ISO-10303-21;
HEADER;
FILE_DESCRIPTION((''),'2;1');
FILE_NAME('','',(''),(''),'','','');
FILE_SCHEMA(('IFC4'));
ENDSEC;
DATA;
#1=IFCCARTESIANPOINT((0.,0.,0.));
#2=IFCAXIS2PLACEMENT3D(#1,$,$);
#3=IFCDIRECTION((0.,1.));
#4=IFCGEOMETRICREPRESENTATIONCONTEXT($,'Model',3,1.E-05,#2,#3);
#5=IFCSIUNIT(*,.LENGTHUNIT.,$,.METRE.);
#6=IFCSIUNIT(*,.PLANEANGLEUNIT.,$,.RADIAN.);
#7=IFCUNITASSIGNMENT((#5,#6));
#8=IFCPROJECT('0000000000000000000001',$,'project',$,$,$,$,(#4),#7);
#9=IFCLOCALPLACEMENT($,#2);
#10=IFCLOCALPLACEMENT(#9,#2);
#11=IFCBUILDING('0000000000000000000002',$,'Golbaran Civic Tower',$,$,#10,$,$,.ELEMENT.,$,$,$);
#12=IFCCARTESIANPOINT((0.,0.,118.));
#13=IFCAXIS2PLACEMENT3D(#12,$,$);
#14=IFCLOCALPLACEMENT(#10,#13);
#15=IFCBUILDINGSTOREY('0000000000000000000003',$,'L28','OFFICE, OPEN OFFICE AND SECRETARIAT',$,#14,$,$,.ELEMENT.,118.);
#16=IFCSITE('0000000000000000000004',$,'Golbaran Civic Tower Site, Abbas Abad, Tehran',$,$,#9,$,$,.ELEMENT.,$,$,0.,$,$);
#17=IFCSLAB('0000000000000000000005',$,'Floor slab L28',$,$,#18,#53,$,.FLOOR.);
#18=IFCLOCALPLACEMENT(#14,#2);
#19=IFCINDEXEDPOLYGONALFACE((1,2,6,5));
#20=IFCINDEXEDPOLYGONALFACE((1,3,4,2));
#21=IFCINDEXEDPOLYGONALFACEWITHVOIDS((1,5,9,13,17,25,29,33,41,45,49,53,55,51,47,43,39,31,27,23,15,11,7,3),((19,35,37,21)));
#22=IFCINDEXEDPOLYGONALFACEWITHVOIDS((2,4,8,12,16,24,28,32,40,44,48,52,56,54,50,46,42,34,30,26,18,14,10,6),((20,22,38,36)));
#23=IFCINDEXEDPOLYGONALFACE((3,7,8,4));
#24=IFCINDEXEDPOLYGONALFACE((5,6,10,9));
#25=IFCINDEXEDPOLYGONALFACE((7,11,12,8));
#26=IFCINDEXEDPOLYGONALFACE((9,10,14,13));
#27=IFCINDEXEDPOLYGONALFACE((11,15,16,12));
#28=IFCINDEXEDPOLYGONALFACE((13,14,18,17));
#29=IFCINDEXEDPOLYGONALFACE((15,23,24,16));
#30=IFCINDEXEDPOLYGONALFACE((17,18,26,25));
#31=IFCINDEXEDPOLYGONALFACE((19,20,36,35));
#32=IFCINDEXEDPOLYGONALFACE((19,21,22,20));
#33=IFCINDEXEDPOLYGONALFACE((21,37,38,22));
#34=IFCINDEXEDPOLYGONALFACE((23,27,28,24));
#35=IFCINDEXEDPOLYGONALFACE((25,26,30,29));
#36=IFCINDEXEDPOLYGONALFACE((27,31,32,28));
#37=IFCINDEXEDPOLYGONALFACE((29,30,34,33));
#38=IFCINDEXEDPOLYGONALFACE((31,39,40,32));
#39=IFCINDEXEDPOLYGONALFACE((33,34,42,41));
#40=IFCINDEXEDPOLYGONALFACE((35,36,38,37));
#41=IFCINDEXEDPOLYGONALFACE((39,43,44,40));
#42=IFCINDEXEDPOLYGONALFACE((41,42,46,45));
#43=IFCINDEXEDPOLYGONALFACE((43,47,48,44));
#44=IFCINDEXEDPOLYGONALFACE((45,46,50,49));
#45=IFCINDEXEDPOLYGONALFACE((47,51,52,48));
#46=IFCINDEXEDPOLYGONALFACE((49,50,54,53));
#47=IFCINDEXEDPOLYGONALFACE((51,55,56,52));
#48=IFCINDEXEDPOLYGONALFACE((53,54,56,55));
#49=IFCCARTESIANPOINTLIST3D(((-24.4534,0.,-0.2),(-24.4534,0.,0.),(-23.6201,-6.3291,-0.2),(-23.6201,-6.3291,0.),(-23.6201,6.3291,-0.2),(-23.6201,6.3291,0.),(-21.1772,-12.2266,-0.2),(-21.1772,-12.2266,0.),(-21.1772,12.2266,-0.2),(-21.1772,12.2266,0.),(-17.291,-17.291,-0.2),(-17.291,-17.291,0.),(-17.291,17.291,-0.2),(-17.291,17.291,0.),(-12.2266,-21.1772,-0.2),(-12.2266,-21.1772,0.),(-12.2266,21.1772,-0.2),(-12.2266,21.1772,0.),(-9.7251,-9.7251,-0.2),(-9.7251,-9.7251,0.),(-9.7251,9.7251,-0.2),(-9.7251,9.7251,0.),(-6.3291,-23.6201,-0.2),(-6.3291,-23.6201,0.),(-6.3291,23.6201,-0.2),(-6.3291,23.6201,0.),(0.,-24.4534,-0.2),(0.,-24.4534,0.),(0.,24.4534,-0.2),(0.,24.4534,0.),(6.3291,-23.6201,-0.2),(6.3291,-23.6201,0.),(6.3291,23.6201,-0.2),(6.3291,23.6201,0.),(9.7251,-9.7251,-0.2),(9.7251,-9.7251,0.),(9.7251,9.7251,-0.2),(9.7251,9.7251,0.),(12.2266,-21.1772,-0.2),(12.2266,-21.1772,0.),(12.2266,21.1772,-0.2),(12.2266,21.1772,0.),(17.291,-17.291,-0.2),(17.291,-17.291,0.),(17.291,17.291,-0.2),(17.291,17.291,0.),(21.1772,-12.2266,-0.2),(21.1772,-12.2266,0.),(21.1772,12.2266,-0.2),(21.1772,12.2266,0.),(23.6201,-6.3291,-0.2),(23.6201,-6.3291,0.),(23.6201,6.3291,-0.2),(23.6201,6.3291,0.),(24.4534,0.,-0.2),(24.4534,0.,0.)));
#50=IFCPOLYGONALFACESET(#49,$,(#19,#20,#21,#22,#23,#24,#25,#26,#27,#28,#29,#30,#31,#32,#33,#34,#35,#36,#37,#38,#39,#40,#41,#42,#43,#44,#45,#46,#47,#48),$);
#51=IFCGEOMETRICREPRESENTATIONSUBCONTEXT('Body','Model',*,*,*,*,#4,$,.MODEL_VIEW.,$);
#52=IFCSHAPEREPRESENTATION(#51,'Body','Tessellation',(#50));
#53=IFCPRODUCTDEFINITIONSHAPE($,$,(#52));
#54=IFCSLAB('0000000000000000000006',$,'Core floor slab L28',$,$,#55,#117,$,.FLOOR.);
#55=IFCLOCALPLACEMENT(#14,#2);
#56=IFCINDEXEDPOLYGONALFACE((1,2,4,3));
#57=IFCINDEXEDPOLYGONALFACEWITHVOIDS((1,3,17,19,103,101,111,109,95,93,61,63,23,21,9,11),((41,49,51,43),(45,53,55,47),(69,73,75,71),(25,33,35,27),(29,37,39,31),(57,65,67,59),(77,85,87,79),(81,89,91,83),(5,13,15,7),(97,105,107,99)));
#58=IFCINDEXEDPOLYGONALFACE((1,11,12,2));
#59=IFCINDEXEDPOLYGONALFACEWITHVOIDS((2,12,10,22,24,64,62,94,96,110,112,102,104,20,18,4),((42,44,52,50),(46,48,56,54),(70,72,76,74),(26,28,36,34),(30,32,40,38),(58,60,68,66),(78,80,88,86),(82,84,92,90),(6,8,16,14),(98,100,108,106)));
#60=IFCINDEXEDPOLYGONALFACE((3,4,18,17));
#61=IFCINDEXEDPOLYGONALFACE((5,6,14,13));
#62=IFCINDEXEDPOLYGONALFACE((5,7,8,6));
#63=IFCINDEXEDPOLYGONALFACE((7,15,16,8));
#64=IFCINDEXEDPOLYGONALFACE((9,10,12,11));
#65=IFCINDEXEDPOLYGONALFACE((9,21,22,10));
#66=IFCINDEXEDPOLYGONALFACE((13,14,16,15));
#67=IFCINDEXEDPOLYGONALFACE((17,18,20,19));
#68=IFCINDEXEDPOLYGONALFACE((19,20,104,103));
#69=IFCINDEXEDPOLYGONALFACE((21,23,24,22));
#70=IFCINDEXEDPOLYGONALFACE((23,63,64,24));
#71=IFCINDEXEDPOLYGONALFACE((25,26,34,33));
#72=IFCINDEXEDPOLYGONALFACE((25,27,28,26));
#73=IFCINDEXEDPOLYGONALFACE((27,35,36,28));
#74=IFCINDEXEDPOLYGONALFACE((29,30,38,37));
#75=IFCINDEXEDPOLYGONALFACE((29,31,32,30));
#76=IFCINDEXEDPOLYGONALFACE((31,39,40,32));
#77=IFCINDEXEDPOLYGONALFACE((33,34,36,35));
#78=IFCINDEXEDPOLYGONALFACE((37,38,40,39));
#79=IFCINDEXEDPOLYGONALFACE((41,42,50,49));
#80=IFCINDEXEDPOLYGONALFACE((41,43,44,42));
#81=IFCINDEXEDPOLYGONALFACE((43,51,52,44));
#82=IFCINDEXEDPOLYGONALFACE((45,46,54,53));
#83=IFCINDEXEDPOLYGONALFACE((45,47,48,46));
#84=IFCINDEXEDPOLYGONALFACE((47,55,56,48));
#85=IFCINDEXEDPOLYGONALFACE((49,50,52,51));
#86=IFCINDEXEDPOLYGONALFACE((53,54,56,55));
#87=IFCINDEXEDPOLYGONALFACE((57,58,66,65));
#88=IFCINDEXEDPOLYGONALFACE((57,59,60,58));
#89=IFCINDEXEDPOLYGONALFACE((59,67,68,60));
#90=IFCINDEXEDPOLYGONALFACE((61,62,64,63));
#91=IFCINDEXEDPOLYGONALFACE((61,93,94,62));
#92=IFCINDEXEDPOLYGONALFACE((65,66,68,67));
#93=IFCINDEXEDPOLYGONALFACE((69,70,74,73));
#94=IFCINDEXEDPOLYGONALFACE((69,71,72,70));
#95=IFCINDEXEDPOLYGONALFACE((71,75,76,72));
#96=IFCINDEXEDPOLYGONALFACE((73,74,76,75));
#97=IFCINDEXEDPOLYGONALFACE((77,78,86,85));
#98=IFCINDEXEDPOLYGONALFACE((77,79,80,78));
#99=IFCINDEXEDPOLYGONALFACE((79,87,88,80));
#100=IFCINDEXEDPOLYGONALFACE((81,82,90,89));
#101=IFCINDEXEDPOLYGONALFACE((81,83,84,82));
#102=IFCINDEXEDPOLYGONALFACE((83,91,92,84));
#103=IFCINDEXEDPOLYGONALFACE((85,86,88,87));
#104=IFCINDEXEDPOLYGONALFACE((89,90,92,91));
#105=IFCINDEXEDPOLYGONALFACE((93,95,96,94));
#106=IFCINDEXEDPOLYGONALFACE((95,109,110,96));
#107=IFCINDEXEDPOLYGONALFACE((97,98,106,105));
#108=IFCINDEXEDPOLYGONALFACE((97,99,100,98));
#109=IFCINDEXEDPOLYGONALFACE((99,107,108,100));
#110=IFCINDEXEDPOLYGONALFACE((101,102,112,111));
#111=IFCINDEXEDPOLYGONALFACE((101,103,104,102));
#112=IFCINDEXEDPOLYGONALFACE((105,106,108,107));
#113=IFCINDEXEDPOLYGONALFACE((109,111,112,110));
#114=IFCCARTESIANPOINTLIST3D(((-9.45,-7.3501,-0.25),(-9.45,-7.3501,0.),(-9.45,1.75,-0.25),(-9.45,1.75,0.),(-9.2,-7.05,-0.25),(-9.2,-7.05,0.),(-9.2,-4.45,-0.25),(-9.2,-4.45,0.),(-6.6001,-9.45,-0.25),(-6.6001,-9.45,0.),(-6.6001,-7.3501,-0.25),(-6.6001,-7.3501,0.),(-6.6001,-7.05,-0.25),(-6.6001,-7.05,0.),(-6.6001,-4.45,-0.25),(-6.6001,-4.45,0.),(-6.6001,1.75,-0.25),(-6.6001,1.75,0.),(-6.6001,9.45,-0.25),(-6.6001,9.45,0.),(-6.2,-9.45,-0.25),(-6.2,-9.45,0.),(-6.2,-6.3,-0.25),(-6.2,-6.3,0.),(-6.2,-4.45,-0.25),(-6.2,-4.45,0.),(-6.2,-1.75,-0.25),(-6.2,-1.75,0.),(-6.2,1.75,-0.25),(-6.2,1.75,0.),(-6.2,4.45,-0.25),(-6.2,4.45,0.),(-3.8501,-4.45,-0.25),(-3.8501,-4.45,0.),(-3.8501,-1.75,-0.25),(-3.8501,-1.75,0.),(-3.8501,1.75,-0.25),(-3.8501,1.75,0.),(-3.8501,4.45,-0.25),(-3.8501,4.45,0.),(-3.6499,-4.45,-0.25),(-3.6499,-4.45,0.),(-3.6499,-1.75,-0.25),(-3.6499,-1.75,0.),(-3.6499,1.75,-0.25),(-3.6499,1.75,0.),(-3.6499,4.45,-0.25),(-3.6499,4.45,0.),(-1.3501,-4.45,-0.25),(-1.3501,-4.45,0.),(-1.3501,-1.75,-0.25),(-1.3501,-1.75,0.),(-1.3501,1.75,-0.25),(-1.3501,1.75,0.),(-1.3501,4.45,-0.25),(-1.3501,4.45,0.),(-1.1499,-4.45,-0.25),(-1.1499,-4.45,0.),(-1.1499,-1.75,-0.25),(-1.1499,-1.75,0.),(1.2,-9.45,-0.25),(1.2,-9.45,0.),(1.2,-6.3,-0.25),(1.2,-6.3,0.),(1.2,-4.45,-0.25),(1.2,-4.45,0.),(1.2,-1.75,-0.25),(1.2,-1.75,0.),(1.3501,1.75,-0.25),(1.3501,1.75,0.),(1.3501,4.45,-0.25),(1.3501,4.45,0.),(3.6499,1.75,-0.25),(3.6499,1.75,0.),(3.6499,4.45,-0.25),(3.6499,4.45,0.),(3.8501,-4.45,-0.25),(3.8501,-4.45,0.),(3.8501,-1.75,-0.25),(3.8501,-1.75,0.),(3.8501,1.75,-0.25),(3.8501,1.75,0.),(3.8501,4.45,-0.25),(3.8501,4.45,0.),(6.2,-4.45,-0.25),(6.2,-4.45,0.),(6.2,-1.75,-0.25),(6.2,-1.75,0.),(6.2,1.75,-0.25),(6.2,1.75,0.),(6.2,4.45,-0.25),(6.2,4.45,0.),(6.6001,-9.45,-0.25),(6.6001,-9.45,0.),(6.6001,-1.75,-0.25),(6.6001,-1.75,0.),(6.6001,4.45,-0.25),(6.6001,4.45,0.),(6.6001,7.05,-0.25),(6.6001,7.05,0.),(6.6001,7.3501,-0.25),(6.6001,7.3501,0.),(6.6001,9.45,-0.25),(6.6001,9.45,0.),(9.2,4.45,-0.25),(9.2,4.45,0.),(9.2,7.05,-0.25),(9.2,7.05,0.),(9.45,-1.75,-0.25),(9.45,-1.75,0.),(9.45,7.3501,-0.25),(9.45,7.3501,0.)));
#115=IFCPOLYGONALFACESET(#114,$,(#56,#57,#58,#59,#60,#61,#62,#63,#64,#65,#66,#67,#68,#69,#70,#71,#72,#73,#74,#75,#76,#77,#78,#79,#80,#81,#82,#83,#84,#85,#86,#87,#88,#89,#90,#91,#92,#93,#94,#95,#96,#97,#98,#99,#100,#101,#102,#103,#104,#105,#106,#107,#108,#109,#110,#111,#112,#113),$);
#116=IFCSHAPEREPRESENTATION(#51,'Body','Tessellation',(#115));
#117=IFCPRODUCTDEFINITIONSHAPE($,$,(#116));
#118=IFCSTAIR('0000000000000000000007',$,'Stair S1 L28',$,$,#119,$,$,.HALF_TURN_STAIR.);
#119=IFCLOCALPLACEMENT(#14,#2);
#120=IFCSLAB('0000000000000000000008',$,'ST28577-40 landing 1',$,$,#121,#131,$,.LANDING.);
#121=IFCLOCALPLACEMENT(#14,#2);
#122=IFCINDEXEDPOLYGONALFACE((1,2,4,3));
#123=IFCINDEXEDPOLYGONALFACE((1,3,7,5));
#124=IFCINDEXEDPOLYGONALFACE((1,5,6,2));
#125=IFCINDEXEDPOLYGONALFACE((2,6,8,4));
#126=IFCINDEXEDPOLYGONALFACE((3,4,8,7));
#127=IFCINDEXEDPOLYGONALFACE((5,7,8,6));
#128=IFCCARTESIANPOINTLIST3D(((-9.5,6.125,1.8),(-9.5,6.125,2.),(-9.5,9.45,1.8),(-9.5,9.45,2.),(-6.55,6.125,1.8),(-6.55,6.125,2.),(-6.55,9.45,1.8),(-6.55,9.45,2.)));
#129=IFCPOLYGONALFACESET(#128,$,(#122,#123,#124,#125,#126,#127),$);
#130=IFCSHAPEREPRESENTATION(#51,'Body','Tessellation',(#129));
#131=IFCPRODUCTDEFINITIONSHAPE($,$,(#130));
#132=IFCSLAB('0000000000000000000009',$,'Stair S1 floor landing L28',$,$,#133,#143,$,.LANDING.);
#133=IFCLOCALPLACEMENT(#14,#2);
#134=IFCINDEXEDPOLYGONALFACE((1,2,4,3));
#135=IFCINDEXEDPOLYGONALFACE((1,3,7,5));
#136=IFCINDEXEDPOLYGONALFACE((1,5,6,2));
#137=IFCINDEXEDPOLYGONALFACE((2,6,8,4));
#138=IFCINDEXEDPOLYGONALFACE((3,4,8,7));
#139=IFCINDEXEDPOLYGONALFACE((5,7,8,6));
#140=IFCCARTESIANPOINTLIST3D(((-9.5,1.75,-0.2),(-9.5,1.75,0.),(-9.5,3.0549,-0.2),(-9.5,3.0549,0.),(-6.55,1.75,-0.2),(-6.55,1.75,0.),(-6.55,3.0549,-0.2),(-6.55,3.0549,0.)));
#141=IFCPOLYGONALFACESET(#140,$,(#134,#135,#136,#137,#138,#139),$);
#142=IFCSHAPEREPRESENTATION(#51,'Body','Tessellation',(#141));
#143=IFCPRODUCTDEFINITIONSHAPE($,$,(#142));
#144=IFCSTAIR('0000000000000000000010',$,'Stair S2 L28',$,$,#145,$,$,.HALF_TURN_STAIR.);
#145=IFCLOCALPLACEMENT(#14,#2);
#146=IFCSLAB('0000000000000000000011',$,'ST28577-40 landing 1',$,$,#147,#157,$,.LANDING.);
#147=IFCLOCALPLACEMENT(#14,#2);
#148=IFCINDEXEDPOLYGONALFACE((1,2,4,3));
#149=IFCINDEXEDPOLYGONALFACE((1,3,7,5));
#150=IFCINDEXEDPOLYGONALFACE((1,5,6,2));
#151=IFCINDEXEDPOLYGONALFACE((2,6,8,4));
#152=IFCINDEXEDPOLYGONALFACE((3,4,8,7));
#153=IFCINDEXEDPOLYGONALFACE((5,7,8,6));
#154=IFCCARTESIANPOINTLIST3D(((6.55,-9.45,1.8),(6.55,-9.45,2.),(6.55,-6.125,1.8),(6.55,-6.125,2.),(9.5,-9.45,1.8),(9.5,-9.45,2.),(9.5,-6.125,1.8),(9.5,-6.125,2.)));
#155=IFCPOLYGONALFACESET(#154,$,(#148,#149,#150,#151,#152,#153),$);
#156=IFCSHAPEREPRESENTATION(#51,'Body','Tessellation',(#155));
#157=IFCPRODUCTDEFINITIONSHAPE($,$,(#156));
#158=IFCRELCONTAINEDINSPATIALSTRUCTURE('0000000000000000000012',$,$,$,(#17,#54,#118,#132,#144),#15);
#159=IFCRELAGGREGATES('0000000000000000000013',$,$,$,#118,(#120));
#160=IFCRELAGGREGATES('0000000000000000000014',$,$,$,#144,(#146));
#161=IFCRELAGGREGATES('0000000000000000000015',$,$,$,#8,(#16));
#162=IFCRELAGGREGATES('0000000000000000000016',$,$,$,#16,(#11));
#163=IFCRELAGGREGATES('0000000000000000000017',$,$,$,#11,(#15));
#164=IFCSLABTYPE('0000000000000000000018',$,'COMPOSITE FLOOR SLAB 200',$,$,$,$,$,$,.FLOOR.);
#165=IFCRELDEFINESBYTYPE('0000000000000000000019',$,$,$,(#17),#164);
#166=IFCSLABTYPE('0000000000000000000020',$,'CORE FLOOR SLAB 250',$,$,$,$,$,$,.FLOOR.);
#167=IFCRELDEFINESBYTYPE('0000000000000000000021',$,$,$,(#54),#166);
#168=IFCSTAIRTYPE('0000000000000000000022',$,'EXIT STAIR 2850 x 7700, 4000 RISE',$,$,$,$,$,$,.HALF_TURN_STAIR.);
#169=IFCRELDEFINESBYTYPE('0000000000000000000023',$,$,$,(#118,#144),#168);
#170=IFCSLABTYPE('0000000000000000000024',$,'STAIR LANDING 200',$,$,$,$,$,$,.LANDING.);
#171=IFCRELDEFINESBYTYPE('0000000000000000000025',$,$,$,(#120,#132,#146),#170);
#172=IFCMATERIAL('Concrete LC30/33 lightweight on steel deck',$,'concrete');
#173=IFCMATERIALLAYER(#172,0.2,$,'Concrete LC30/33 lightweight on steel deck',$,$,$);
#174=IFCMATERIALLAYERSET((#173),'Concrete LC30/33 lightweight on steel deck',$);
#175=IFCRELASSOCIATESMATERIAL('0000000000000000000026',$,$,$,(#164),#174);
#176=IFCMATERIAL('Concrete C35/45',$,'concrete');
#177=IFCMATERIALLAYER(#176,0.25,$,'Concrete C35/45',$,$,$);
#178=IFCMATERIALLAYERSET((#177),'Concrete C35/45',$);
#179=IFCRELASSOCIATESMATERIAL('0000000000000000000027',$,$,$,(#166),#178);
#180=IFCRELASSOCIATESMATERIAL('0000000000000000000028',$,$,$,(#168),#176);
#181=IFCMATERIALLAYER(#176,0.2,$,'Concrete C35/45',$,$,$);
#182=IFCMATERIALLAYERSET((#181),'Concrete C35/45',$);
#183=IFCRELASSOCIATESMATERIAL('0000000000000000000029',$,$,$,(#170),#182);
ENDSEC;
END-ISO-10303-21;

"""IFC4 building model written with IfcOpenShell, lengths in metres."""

from ifc_helpers import new_model, si_unit, direction, frame, origin, place, context, subcontext, project, spatial, polyline, outline, extrude, material, layer, layer_set, type_object, element, aggregate, save


model = new_model("IFC4")

# Units and contexts
model_context = context("Model", 3, precision=1e-05, world=origin(), true_north=direction((0.0, 1.0)))
body_context = subcontext(model_context, "Body", "Model", "MODEL_VIEW")
ifc_project = project(units=[si_unit("LENGTHUNIT", "METRE"), si_unit("PLANEANGLEUNIT", "RADIAN")], contexts=[model_context])

# Site, building, storey
site_placement = place(None, origin())
site = spatial("IfcSite", under=ifc_project, at=site_placement, Name="Golbaran Civic Tower Site, Abbas Abad, Tehran", CompositionType="ELEMENT", RefElevation=0.0)
building_placement = place(site_placement, origin())
building = spatial("IfcBuilding", under=site, at=building_placement, Name="Golbaran Civic Tower", CompositionType="ELEMENT")
storey_placement = place(building_placement, frame((0.0, 0.0, 118.0)))
storey = spatial("IfcBuildingStorey", under=building, at=storey_placement, Name="L28", Description="OFFICE, OPEN OFFICE AND SECRETARIAT", CompositionType="ELEMENT", Elevation=118.0)

# Slabs
ifc_material_1 = material(Name="Concrete LC30/33 lightweight on steel deck", Category="concrete")
ifc_layer_1 = layer(ifc_material_1, 0.2, Name="Concrete LC30/33 lightweight on steel deck")
ifc_layer_set_1 = layer_set([ifc_layer_1], Name="Concrete LC30/33 lightweight on steel deck")
slab_type_1 = type_object("IfcSlabType", Name="COMPOSITE FLOOR SLAB 200", PredefinedType="FLOOR", material=ifc_layer_set_1)
slab_1_placement = place(storey_placement, frame((0.0, 0.0, -0.2)))
element("IfcSlab", 1, at=slab_1_placement, inside=storey, type_object=slab_type_1, Name="Floor slab L28", PredefinedType="FLOOR", context=body_context, shape_type="SweptSolid", body=[
    extrude(outline(polyline([(21.1772, -12.2266), (17.291, -17.291), (12.2266, -21.1772), (6.3291, -23.6201), (0.0, -24.4534), (-6.3291, -23.6201), (-12.2266, -21.1772), (-17.291, -17.291), (-21.1772, -12.2266), (-23.6201, -6.3291), (-24.4534, 0.0), (-23.6201, 6.3291), (-21.1772, 12.2266), (-17.291, 17.291), (-12.2266, 21.1772), (-6.3291, 23.6201), (0.0, 24.4534), (6.3291, 23.6201), (12.2266, 21.1772), (17.291, 17.291), (21.1772, 12.2266), (23.6201, 6.3291), (24.4534, 0.0), (23.6201, -6.3291), (21.1772, -12.2266)]), holes=[polyline([(-9.7251, 9.7251), (-9.7251, -9.7251), (9.7251, -9.7251), (9.7251, 9.7251), (-9.7251, 9.7251)])]), origin(), (0.0, 0.0, 1.0), 0.2),
])
ifc_material_2 = material(Name="Concrete C35/45", Category="concrete")
ifc_layer_2 = layer(ifc_material_2, 0.25, Name="Concrete C35/45")
ifc_layer_set_2 = layer_set([ifc_layer_2], Name="Concrete C35/45")
slab_type_2 = type_object("IfcSlabType", Name="CORE FLOOR SLAB 250", PredefinedType="FLOOR", material=ifc_layer_set_2)
slab_2_placement = place(storey_placement, frame((0.0, 0.0, -0.25)))
element("IfcSlab", 2, at=slab_2_placement, inside=storey, type_object=slab_type_2, Name="Core floor slab L28", PredefinedType="FLOOR", context=body_context, shape_type="SweptSolid", body=[
    extrude(outline(polyline([(6.6001, -1.75), (6.6001, -9.45), (1.2, -9.45), (1.2, -6.3), (-6.2, -6.3), (-6.2, -9.45), (-6.6001, -9.45), (-6.6001, -7.3501), (-9.45, -7.3501), (-9.45, 1.75), (-6.6001, 1.75), (-6.6001, 9.45), (6.6001, 9.45), (6.6001, 7.3501), (9.45, 7.3501), (9.45, -1.75), (6.6001, -1.75)]), holes=[polyline([(9.2, 7.05), (6.6001, 7.05), (6.6001, 4.45), (9.2, 4.45), (9.2, 7.05)]), polyline([(6.2, -1.75), (3.8501, -1.75), (3.8501, -4.45), (6.2, -4.45), (6.2, -1.75)]), polyline([(6.2, 4.45), (3.8501, 4.45), (3.8501, 1.75), (6.2, 1.75), (6.2, 4.45)]), polyline([(3.6499, 4.45), (1.3501, 4.45), (1.3501, 1.75), (3.6499, 1.75), (3.6499, 4.45)]), polyline([(1.2, -1.75), (-1.1499, -1.75), (-1.1499, -4.45), (1.2, -4.45), (1.2, -1.75)]), polyline([(-1.3501, 4.45), (-3.6499, 4.45), (-3.6499, 1.75), (-1.3501, 1.75), (-1.3501, 4.45)]), polyline([(-1.3501, -1.75), (-3.6499, -1.75), (-3.6499, -4.45), (-1.3501, -4.45), (-1.3501, -1.75)]), polyline([(-3.8501, -1.75), (-6.2, -1.75), (-6.2, -4.45), (-3.8501, -4.45), (-3.8501, -1.75)]), polyline([(-3.8501, 4.45), (-6.2, 4.45), (-6.2, 1.75), (-3.8501, 1.75), (-3.8501, 4.45)]), polyline([(-6.6001, -4.45), (-9.2, -4.45), (-9.2, -7.05), (-6.6001, -7.05), (-6.6001, -4.45)])]), origin(), (0.0, 0.0, 1.0), 0.25),
])

# Stair, slab
stair_type = type_object("IfcStairType", Name="EXIT STAIR 2850 x 7700, 4000 RISE", PredefinedType="HALF_TURN_STAIR", material=ifc_material_2)
stair_1_placement = place(storey_placement, origin())
stair_1 = element("IfcStair", 3, at=stair_1_placement, inside=storey, type_object=stair_type, Name="Stair S1 L28", PredefinedType="HALF_TURN_STAIR")
ifc_layer_3 = layer(ifc_material_2, 0.2, Name="Concrete C35/45")
ifc_layer_set_3 = layer_set([ifc_layer_3], Name="Concrete C35/45")
slab_type_3 = type_object("IfcSlabType", Name="STAIR LANDING 200", PredefinedType="LANDING", material=ifc_layer_set_3)
slab_3_placement = place(storey_placement, frame((0.0, 0.0, 1.8)))
slab_3 = element("IfcSlab", 4, at=slab_3_placement, type_object=slab_type_3, Name="ST28577-40 landing 1", PredefinedType="LANDING", context=body_context, shape_type="SweptSolid", body=[
    extrude(outline(polyline([(-9.5, 6.125), (-9.5, 9.45), (-6.55, 9.45), (-6.55, 6.125), (-9.5, 6.125)])), origin(), (0.0, 0.0, 1.0), 0.2),
])
aggregate(stair_1, [slab_3])

# Slab
slab_4_placement = place(storey_placement, frame((0.0, 0.0, -0.2)))
element("IfcSlab", 5, at=slab_4_placement, inside=storey, type_object=slab_type_3, Name="Stair S1 floor landing L28", PredefinedType="LANDING", context=body_context, shape_type="SweptSolid", body=[
    extrude(outline(polyline([(-9.5, 1.75), (-9.5, 3.0549), (-6.55, 3.0549), (-6.55, 1.75), (-9.5, 1.75)])), origin(), (0.0, 0.0, 1.0), 0.2),
])

# Stair, slab
stair_2_placement = place(storey_placement, origin())
stair_2 = element("IfcStair", 6, at=stair_2_placement, inside=storey, type_object=stair_type, Name="Stair S2 L28", PredefinedType="HALF_TURN_STAIR")
slab_5_placement = place(storey_placement, frame((0.0, 0.0, 1.8)))
slab_5 = element("IfcSlab", 7, at=slab_5_placement, type_object=slab_type_3, Name="ST28577-40 landing 1", PredefinedType="LANDING", context=body_context, shape_type="SweptSolid", body=[
    extrude(outline(polyline([(9.5, -6.125), (9.5, -9.45), (6.55, -9.45), (6.55, -6.125), (9.5, -6.125)])), origin(), (0.0, 0.0, 1.0), 0.2),
])

aggregate(stair_2, [slab_5])

save(model, "model.ifc")
